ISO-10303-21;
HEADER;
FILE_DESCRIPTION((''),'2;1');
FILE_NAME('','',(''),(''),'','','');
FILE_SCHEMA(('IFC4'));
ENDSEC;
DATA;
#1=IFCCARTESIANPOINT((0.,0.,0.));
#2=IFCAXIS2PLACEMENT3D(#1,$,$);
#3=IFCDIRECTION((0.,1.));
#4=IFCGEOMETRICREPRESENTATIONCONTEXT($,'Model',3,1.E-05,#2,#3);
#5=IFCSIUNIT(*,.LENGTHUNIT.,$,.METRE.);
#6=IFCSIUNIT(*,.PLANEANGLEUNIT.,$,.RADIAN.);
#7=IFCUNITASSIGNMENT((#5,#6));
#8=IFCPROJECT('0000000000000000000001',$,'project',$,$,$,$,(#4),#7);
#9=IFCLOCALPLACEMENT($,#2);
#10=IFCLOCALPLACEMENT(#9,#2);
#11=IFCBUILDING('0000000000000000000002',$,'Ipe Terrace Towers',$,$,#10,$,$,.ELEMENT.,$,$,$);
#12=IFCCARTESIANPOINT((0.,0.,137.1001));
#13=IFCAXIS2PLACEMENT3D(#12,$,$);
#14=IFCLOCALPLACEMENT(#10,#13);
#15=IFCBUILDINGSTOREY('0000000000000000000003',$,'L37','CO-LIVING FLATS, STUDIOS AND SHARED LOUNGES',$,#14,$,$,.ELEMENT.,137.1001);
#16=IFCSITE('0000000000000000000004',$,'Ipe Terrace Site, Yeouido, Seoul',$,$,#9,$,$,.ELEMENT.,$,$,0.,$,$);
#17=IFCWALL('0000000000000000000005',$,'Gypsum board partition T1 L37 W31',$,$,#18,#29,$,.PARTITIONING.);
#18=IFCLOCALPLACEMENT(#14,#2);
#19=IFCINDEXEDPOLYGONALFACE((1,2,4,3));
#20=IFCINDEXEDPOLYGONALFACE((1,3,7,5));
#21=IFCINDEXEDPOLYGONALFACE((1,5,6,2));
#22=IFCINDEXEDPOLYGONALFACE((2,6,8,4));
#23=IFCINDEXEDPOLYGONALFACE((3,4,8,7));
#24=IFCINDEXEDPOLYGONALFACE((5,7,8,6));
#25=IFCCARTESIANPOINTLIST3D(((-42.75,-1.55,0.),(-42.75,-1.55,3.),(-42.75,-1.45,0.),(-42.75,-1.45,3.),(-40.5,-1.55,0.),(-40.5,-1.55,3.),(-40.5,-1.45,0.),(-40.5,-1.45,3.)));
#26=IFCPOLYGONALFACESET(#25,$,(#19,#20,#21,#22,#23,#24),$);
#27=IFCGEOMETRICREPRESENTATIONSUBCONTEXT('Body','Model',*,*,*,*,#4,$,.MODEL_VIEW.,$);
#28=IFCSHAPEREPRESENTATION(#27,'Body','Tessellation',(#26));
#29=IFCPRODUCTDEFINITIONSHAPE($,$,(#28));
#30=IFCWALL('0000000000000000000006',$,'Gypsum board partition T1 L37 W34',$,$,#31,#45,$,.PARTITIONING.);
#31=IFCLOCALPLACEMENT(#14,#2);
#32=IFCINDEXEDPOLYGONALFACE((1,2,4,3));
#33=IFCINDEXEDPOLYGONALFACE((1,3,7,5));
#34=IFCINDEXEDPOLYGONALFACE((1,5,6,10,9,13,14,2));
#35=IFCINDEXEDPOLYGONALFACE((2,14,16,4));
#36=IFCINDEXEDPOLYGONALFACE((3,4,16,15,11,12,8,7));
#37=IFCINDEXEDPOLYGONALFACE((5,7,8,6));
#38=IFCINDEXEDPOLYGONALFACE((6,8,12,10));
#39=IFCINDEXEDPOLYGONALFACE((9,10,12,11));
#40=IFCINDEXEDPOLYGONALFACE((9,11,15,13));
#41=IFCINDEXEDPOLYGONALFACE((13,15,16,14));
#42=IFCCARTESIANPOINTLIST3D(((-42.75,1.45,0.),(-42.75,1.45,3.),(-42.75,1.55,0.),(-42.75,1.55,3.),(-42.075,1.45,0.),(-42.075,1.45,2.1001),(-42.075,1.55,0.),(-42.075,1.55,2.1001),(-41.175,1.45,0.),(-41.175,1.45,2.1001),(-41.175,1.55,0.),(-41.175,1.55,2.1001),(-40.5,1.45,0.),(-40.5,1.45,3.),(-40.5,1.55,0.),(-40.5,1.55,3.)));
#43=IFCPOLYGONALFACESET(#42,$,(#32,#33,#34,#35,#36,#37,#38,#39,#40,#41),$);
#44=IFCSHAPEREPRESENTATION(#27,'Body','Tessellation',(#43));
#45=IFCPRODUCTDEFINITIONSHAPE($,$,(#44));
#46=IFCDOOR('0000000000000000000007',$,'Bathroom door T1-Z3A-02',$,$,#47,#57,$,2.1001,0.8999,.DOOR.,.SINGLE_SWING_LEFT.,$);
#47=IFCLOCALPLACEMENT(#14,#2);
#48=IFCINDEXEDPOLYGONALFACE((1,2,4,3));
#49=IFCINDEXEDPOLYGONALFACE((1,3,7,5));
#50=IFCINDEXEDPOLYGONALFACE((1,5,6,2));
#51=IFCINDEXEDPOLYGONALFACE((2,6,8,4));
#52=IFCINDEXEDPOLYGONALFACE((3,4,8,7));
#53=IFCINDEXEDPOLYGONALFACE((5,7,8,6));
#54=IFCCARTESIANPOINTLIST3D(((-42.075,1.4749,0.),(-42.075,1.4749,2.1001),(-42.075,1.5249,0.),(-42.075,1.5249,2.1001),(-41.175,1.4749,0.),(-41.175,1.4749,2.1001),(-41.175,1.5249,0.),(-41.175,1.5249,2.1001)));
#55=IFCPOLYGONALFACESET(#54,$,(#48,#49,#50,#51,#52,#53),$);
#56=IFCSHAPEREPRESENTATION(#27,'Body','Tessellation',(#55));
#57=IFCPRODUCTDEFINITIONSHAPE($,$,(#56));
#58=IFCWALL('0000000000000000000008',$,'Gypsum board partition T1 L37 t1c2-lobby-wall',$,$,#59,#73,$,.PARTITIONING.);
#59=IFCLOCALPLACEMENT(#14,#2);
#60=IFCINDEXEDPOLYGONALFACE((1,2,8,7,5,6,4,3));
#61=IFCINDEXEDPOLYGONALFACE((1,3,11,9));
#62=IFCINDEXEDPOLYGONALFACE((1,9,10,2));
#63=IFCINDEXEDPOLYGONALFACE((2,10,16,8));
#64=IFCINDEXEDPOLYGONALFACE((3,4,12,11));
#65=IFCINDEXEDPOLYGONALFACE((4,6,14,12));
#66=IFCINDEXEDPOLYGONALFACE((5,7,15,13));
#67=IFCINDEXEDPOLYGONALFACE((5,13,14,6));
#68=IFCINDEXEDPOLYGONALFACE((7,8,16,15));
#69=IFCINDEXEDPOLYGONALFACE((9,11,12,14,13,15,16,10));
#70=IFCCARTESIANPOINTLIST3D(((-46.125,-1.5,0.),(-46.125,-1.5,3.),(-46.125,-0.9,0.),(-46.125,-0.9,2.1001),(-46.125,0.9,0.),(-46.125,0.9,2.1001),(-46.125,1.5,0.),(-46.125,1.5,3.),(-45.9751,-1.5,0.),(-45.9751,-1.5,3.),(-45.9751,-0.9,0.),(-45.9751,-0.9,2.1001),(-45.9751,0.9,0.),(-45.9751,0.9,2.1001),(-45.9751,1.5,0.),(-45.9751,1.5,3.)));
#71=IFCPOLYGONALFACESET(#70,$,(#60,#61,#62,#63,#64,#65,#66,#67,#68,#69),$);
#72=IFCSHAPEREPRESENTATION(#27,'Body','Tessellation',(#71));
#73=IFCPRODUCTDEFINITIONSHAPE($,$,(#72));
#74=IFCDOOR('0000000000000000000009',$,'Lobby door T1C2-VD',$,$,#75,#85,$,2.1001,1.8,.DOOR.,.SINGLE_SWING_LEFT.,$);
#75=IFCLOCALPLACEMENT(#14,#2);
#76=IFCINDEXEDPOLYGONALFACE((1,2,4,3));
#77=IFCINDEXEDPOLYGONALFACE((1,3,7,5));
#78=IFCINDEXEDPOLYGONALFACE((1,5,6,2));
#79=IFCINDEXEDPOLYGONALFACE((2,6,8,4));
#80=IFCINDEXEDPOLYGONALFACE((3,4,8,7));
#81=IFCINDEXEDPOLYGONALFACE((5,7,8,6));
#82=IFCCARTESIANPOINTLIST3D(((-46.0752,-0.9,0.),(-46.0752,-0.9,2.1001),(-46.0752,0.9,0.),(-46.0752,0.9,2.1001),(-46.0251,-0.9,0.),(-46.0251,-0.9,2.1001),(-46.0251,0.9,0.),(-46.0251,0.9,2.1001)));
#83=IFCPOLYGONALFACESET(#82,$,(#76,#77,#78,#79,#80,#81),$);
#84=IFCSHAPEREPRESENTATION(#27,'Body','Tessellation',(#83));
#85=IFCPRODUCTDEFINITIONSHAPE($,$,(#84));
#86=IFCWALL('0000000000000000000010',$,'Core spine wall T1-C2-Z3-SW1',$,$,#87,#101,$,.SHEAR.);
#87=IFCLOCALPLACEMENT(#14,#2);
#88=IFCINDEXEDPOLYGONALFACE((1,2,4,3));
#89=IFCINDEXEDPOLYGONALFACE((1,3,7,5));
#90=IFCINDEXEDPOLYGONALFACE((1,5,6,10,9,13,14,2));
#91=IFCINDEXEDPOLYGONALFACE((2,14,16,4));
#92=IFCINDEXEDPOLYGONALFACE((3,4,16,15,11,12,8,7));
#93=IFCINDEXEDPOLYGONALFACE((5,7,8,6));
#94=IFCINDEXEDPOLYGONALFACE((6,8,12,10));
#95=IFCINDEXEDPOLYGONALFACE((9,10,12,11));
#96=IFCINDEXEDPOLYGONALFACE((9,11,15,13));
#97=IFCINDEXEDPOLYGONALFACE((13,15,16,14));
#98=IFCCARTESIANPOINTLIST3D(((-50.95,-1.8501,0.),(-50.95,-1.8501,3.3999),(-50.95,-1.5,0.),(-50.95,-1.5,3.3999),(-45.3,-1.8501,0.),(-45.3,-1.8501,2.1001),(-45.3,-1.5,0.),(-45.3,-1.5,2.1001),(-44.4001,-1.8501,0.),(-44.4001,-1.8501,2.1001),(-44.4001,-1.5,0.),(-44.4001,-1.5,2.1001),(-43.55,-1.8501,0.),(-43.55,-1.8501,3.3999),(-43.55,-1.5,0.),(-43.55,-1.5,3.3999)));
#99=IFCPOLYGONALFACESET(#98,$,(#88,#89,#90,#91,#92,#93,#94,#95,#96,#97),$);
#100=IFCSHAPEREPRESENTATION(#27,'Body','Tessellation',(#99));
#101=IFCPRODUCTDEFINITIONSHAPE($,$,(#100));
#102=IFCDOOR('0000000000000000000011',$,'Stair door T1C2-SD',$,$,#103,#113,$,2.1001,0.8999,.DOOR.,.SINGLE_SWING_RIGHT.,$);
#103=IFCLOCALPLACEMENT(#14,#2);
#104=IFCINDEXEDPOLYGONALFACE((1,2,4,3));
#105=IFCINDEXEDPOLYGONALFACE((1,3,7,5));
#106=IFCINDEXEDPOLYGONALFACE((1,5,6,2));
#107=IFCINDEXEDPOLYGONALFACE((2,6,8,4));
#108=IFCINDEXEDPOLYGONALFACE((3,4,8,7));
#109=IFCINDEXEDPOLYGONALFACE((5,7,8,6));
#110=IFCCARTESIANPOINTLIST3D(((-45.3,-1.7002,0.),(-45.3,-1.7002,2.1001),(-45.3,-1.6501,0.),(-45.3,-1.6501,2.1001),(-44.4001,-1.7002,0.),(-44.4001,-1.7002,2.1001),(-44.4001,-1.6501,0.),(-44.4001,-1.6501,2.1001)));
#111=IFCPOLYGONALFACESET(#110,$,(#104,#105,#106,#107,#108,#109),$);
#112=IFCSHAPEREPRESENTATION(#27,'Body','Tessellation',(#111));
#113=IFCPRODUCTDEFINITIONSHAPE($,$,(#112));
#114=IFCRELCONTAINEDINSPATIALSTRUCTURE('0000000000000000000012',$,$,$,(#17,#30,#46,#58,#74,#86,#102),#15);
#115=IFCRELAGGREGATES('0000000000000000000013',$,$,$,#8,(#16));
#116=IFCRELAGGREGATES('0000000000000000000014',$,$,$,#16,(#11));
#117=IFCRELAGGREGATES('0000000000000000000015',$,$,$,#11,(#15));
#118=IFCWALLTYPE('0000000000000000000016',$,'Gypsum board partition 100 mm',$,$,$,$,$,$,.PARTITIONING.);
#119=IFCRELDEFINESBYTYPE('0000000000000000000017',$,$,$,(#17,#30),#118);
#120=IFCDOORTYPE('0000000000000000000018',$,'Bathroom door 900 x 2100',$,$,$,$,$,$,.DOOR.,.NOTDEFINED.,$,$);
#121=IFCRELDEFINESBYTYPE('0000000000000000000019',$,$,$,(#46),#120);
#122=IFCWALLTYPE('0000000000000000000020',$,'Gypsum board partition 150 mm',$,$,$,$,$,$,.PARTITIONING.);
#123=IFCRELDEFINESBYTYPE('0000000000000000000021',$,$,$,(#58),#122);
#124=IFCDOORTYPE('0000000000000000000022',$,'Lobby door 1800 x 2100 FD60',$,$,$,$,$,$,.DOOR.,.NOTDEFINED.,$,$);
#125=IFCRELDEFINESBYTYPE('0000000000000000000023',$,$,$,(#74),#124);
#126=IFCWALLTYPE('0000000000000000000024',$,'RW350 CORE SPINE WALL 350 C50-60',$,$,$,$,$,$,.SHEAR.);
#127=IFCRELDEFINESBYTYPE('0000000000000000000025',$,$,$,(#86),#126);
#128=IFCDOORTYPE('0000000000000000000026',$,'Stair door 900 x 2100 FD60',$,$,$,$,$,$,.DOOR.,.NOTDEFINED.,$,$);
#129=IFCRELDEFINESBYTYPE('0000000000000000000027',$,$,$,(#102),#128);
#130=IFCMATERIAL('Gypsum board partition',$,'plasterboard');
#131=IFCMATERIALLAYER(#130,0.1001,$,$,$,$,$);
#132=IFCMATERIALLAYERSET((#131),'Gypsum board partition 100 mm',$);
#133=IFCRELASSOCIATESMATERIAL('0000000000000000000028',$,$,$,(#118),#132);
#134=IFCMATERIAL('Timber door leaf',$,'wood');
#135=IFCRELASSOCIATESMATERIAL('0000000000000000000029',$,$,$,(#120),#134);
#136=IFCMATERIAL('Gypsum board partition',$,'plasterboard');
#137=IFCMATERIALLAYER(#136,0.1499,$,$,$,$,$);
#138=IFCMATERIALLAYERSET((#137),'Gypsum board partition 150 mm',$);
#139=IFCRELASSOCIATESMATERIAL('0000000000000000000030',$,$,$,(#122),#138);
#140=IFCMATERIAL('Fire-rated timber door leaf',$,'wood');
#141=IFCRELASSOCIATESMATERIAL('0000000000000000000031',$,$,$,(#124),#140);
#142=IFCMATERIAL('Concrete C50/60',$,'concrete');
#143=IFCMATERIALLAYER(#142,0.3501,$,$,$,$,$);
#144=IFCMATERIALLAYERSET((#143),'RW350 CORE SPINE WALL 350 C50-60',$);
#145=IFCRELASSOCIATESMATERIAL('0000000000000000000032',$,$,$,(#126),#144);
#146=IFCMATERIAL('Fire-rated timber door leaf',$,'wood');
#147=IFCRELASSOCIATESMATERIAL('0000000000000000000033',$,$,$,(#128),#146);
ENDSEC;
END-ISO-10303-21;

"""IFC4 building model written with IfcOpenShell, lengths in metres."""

from ifc_helpers import new_model, si_unit, direction, frame, frame_2d, origin, place, context, subcontext, project, spatial, rectangle, extrude, material, layer, layer_set, type_object, element, fill, save


model = new_model("IFC4")

# Units and contexts
model_context = context("Model", 3, precision=1e-05, world=origin(), true_north=direction((0.0, 1.0)))
body_context = subcontext(model_context, "Body", "Model", "MODEL_VIEW")
ifc_project = project(units=[si_unit("LENGTHUNIT", "METRE"), si_unit("PLANEANGLEUNIT", "RADIAN")], contexts=[model_context])

# Site, building, storey
site_placement = place(None, origin())
site = spatial("IfcSite", under=ifc_project, at=site_placement, Name="Ipe Terrace Site, Yeouido, Seoul", CompositionType="ELEMENT", RefElevation=0.0)
building_placement = place(site_placement, origin())
building = spatial("IfcBuilding", under=site, at=building_placement, Name="Ipe Terrace Towers", CompositionType="ELEMENT")
storey_placement = place(building_placement, frame((0.0, 0.0, 137.1001)))
storey = spatial("IfcBuildingStorey", under=building, at=storey_placement, Name="L37", Description="CO-LIVING FLATS, STUDIOS AND SHARED LOUNGES", CompositionType="ELEMENT", Elevation=137.1001)

# Wall
ifc_material_1 = material(Name="Gypsum board partition", Category="plasterboard")
ifc_layer_1 = layer(ifc_material_1, 0.1001)
ifc_layer_set_1 = layer_set([ifc_layer_1], Name="Gypsum board partition 100 mm")
wall_type_1 = type_object("IfcWallType", Name="Gypsum board partition 100 mm", PredefinedType="PARTITIONING", material=ifc_layer_set_1)
wall_1_placement = place(storey_placement, frame((-42.75, -1.5, 0.0), z_axis=(0.0, 0.0, 1.0), x_axis=(1.0, 0.0, 0.0)))
element("IfcWall", 1, at=wall_1_placement, inside=storey, type_object=wall_type_1, Name="Gypsum board partition T1 L37 W31", PredefinedType="PARTITIONING", context=body_context, shape_type="SweptSolid", body=[
    extrude(rectangle(XDim=2.25, YDim=0.1001, at=frame_2d((1.125, 0.0))), origin(), (0.0, 0.0, 1.0), 3.0),
])

# Walls, openings, doors
wall_2_placement = place(storey_placement, frame((-42.75, 1.5, 0.0), z_axis=(0.0, 0.0, 1.0), x_axis=(1.0, 0.0, 0.0)))
wall_2 = element("IfcWall", 2, at=wall_2_placement, inside=storey, type_object=wall_type_1, Name="Gypsum board partition T1 L37 W34", PredefinedType="PARTITIONING", context=body_context, shape_type="SweptSolid", body=[
    extrude(rectangle(XDim=2.25, YDim=0.1001, at=frame_2d((1.125, 0.0))), origin(), (0.0, 0.0, 1.0), 3.0),
])
opening_1_placement = place(wall_2_placement, frame((0.675, 0.0, 0.0)))
opening_1 = element("IfcOpeningElement", 3, at=opening_1_placement, cuts=wall_2, PredefinedType="OPENING", context=body_context, shape_type="SweptSolid", body=[
    extrude(rectangle(XDim=0.8999, YDim=2.1001, at=frame_2d((0.45, 1.05))), frame((0.0, 0.0601, 0.0), z_axis=(0.0, -1.0, 0.0), x_axis=(1.0, 0.0, 0.0)), (0.0, 0.0, 1.0), 0.1201),
])
ifc_material_2 = material(Name="Timber door leaf", Category="wood")
door_type_1 = type_object("IfcDoorType", Name="Bathroom door 900 x 2100", OperationType="NOTDEFINED", PredefinedType="DOOR", material=ifc_material_2)
door_1_placement = place(opening_1_placement, origin())
door_1 = element("IfcDoor", 4, at=door_1_placement, inside=storey, type_object=door_type_1, Name="Bathroom door T1-Z3A-02", OperationType="SINGLE_SWING_LEFT", OverallHeight=2.1001, OverallWidth=0.8999, PredefinedType="DOOR", context=body_context, shape_type="SweptSolid", body=[
    extrude(rectangle(XDim=0.8999, YDim=2.1001, at=frame_2d((0.45, 1.05))), frame((0.0, 0.0249, 0.0), z_axis=(0.0, -1.0, 0.0), x_axis=(1.0, 0.0, 0.0)), (0.0, 0.0, 1.0), 0.05),
])
fill(opening_1, door_1)
ifc_material_3 = material(Name="Gypsum board partition", Category="plasterboard")
ifc_layer_2 = layer(ifc_material_3, 0.1499)
ifc_layer_set_2 = layer_set([ifc_layer_2], Name="Gypsum board partition 150 mm")
wall_type_2 = type_object("IfcWallType", Name="Gypsum board partition 150 mm", PredefinedType="PARTITIONING", material=ifc_layer_set_2)
wall_3_placement = place(storey_placement, frame((-46.05, 1.5, 0.0), z_axis=(0.0, 0.0, 1.0), x_axis=(0.0, -1.0, 0.0)))
wall_3 = element("IfcWall", 5, at=wall_3_placement, inside=storey, type_object=wall_type_2, Name="Gypsum board partition T1 L37 t1c2-lobby-wall", PredefinedType="PARTITIONING", context=body_context, shape_type="SweptSolid", body=[
    extrude(rectangle(XDim=3.0, YDim=0.1499, at=frame_2d((1.5, 0.0))), origin(), (0.0, 0.0, 1.0), 3.0),
])
opening_2_placement = place(wall_3_placement, frame((0.6001, 0.0, 0.0)))
opening_2 = element("IfcOpeningElement", 6, at=opening_2_placement, cuts=wall_3, PredefinedType="OPENING", context=body_context, shape_type="SweptSolid", body=[
    extrude(rectangle(XDim=1.8, YDim=2.1001, at=frame_2d((0.8999, 1.05))), frame((0.0, 0.085, 0.0), z_axis=(0.0, -1.0, 0.0), x_axis=(1.0, 0.0, 0.0)), (0.0, 0.0, 1.0), 0.1699),
])
ifc_material_4 = material(Name="Fire-rated timber door leaf", Category="wood")
door_type_2 = type_object("IfcDoorType", Name="Lobby door 1800 x 2100 FD60", OperationType="NOTDEFINED", PredefinedType="DOOR", material=ifc_material_4)
door_2_placement = place(opening_2_placement, origin())
door_2 = element("IfcDoor", 7, at=door_2_placement, inside=storey, type_object=door_type_2, Name="Lobby door T1C2-VD", OperationType="SINGLE_SWING_LEFT", OverallHeight=2.1001, OverallWidth=1.8, PredefinedType="DOOR", context=body_context, shape_type="SweptSolid", body=[
    extrude(rectangle(XDim=1.8, YDim=2.1001, at=frame_2d((0.8999, 1.05))), frame((0.0, 0.0249, 0.0), z_axis=(0.0, -1.0, 0.0), x_axis=(1.0, 0.0, 0.0)), (0.0, 0.0, 1.0), 0.05),
])
fill(opening_2, door_2)
ifc_material_5 = material(Name="Concrete C50/60", Category="concrete")
ifc_layer_3 = layer(ifc_material_5, 0.3501)
ifc_layer_set_3 = layer_set([ifc_layer_3], Name="RW350 CORE SPINE WALL 350 C50-60")
wall_type_3 = type_object("IfcWallType", Name="RW350 CORE SPINE WALL 350 C50-60", PredefinedType="SHEAR", material=ifc_layer_set_3)
wall_4_placement = place(storey_placement, frame((-50.95, -1.675, 0.0), z_axis=(0.0, 0.0, 1.0), x_axis=(1.0, 0.0, 0.0)))
wall_4 = element("IfcWall", 8, at=wall_4_placement, inside=storey, type_object=wall_type_3, Name="Core spine wall T1-C2-Z3-SW1", PredefinedType="SHEAR", context=body_context, shape_type="SweptSolid", body=[
    extrude(rectangle(XDim=7.3999, YDim=0.3501, at=frame_2d((3.7, 0.0))), origin(), (0.0, 0.0, 1.0), 3.3999),
])
opening_3_placement = place(wall_4_placement, frame((5.6499, 0.0, 0.0)))
opening_3 = element("IfcOpeningElement", 9, at=opening_3_placement, cuts=wall_4, PredefinedType="OPENING", context=body_context, shape_type="SweptSolid", body=[
    extrude(rectangle(XDim=0.8999, YDim=2.1001, at=frame_2d((0.45, 1.05))), frame((0.0, 0.1851, 0.0), z_axis=(0.0, -1.0, 0.0), x_axis=(1.0, 0.0, 0.0)), (0.0, 0.0, 1.0), 0.3701),
])
ifc_material_6 = material(Name="Fire-rated timber door leaf", Category="wood")
door_type_3 = type_object("IfcDoorType", Name="Stair door 900 x 2100 FD60", OperationType="NOTDEFINED", PredefinedType="DOOR", material=ifc_material_6)
door_3_placement = place(opening_3_placement, origin())
door_3 = element("IfcDoor", 10, at=door_3_placement, inside=storey, type_object=door_type_3, Name="Stair door T1C2-SD", OperationType="SINGLE_SWING_RIGHT", OverallHeight=2.1001, OverallWidth=0.8999, PredefinedType="DOOR", context=body_context, shape_type="SweptSolid", body=[
    extrude(rectangle(XDim=0.8999, YDim=2.1001, at=frame_2d((0.45, 1.05))), frame((0.0, 0.0249, 0.0), z_axis=(0.0, -1.0, 0.0), x_axis=(1.0, 0.0, 0.0)), (0.0, 0.0, 1.0), 0.05),
])
fill(opening_3, door_3)

save(model, "model.ifc")
